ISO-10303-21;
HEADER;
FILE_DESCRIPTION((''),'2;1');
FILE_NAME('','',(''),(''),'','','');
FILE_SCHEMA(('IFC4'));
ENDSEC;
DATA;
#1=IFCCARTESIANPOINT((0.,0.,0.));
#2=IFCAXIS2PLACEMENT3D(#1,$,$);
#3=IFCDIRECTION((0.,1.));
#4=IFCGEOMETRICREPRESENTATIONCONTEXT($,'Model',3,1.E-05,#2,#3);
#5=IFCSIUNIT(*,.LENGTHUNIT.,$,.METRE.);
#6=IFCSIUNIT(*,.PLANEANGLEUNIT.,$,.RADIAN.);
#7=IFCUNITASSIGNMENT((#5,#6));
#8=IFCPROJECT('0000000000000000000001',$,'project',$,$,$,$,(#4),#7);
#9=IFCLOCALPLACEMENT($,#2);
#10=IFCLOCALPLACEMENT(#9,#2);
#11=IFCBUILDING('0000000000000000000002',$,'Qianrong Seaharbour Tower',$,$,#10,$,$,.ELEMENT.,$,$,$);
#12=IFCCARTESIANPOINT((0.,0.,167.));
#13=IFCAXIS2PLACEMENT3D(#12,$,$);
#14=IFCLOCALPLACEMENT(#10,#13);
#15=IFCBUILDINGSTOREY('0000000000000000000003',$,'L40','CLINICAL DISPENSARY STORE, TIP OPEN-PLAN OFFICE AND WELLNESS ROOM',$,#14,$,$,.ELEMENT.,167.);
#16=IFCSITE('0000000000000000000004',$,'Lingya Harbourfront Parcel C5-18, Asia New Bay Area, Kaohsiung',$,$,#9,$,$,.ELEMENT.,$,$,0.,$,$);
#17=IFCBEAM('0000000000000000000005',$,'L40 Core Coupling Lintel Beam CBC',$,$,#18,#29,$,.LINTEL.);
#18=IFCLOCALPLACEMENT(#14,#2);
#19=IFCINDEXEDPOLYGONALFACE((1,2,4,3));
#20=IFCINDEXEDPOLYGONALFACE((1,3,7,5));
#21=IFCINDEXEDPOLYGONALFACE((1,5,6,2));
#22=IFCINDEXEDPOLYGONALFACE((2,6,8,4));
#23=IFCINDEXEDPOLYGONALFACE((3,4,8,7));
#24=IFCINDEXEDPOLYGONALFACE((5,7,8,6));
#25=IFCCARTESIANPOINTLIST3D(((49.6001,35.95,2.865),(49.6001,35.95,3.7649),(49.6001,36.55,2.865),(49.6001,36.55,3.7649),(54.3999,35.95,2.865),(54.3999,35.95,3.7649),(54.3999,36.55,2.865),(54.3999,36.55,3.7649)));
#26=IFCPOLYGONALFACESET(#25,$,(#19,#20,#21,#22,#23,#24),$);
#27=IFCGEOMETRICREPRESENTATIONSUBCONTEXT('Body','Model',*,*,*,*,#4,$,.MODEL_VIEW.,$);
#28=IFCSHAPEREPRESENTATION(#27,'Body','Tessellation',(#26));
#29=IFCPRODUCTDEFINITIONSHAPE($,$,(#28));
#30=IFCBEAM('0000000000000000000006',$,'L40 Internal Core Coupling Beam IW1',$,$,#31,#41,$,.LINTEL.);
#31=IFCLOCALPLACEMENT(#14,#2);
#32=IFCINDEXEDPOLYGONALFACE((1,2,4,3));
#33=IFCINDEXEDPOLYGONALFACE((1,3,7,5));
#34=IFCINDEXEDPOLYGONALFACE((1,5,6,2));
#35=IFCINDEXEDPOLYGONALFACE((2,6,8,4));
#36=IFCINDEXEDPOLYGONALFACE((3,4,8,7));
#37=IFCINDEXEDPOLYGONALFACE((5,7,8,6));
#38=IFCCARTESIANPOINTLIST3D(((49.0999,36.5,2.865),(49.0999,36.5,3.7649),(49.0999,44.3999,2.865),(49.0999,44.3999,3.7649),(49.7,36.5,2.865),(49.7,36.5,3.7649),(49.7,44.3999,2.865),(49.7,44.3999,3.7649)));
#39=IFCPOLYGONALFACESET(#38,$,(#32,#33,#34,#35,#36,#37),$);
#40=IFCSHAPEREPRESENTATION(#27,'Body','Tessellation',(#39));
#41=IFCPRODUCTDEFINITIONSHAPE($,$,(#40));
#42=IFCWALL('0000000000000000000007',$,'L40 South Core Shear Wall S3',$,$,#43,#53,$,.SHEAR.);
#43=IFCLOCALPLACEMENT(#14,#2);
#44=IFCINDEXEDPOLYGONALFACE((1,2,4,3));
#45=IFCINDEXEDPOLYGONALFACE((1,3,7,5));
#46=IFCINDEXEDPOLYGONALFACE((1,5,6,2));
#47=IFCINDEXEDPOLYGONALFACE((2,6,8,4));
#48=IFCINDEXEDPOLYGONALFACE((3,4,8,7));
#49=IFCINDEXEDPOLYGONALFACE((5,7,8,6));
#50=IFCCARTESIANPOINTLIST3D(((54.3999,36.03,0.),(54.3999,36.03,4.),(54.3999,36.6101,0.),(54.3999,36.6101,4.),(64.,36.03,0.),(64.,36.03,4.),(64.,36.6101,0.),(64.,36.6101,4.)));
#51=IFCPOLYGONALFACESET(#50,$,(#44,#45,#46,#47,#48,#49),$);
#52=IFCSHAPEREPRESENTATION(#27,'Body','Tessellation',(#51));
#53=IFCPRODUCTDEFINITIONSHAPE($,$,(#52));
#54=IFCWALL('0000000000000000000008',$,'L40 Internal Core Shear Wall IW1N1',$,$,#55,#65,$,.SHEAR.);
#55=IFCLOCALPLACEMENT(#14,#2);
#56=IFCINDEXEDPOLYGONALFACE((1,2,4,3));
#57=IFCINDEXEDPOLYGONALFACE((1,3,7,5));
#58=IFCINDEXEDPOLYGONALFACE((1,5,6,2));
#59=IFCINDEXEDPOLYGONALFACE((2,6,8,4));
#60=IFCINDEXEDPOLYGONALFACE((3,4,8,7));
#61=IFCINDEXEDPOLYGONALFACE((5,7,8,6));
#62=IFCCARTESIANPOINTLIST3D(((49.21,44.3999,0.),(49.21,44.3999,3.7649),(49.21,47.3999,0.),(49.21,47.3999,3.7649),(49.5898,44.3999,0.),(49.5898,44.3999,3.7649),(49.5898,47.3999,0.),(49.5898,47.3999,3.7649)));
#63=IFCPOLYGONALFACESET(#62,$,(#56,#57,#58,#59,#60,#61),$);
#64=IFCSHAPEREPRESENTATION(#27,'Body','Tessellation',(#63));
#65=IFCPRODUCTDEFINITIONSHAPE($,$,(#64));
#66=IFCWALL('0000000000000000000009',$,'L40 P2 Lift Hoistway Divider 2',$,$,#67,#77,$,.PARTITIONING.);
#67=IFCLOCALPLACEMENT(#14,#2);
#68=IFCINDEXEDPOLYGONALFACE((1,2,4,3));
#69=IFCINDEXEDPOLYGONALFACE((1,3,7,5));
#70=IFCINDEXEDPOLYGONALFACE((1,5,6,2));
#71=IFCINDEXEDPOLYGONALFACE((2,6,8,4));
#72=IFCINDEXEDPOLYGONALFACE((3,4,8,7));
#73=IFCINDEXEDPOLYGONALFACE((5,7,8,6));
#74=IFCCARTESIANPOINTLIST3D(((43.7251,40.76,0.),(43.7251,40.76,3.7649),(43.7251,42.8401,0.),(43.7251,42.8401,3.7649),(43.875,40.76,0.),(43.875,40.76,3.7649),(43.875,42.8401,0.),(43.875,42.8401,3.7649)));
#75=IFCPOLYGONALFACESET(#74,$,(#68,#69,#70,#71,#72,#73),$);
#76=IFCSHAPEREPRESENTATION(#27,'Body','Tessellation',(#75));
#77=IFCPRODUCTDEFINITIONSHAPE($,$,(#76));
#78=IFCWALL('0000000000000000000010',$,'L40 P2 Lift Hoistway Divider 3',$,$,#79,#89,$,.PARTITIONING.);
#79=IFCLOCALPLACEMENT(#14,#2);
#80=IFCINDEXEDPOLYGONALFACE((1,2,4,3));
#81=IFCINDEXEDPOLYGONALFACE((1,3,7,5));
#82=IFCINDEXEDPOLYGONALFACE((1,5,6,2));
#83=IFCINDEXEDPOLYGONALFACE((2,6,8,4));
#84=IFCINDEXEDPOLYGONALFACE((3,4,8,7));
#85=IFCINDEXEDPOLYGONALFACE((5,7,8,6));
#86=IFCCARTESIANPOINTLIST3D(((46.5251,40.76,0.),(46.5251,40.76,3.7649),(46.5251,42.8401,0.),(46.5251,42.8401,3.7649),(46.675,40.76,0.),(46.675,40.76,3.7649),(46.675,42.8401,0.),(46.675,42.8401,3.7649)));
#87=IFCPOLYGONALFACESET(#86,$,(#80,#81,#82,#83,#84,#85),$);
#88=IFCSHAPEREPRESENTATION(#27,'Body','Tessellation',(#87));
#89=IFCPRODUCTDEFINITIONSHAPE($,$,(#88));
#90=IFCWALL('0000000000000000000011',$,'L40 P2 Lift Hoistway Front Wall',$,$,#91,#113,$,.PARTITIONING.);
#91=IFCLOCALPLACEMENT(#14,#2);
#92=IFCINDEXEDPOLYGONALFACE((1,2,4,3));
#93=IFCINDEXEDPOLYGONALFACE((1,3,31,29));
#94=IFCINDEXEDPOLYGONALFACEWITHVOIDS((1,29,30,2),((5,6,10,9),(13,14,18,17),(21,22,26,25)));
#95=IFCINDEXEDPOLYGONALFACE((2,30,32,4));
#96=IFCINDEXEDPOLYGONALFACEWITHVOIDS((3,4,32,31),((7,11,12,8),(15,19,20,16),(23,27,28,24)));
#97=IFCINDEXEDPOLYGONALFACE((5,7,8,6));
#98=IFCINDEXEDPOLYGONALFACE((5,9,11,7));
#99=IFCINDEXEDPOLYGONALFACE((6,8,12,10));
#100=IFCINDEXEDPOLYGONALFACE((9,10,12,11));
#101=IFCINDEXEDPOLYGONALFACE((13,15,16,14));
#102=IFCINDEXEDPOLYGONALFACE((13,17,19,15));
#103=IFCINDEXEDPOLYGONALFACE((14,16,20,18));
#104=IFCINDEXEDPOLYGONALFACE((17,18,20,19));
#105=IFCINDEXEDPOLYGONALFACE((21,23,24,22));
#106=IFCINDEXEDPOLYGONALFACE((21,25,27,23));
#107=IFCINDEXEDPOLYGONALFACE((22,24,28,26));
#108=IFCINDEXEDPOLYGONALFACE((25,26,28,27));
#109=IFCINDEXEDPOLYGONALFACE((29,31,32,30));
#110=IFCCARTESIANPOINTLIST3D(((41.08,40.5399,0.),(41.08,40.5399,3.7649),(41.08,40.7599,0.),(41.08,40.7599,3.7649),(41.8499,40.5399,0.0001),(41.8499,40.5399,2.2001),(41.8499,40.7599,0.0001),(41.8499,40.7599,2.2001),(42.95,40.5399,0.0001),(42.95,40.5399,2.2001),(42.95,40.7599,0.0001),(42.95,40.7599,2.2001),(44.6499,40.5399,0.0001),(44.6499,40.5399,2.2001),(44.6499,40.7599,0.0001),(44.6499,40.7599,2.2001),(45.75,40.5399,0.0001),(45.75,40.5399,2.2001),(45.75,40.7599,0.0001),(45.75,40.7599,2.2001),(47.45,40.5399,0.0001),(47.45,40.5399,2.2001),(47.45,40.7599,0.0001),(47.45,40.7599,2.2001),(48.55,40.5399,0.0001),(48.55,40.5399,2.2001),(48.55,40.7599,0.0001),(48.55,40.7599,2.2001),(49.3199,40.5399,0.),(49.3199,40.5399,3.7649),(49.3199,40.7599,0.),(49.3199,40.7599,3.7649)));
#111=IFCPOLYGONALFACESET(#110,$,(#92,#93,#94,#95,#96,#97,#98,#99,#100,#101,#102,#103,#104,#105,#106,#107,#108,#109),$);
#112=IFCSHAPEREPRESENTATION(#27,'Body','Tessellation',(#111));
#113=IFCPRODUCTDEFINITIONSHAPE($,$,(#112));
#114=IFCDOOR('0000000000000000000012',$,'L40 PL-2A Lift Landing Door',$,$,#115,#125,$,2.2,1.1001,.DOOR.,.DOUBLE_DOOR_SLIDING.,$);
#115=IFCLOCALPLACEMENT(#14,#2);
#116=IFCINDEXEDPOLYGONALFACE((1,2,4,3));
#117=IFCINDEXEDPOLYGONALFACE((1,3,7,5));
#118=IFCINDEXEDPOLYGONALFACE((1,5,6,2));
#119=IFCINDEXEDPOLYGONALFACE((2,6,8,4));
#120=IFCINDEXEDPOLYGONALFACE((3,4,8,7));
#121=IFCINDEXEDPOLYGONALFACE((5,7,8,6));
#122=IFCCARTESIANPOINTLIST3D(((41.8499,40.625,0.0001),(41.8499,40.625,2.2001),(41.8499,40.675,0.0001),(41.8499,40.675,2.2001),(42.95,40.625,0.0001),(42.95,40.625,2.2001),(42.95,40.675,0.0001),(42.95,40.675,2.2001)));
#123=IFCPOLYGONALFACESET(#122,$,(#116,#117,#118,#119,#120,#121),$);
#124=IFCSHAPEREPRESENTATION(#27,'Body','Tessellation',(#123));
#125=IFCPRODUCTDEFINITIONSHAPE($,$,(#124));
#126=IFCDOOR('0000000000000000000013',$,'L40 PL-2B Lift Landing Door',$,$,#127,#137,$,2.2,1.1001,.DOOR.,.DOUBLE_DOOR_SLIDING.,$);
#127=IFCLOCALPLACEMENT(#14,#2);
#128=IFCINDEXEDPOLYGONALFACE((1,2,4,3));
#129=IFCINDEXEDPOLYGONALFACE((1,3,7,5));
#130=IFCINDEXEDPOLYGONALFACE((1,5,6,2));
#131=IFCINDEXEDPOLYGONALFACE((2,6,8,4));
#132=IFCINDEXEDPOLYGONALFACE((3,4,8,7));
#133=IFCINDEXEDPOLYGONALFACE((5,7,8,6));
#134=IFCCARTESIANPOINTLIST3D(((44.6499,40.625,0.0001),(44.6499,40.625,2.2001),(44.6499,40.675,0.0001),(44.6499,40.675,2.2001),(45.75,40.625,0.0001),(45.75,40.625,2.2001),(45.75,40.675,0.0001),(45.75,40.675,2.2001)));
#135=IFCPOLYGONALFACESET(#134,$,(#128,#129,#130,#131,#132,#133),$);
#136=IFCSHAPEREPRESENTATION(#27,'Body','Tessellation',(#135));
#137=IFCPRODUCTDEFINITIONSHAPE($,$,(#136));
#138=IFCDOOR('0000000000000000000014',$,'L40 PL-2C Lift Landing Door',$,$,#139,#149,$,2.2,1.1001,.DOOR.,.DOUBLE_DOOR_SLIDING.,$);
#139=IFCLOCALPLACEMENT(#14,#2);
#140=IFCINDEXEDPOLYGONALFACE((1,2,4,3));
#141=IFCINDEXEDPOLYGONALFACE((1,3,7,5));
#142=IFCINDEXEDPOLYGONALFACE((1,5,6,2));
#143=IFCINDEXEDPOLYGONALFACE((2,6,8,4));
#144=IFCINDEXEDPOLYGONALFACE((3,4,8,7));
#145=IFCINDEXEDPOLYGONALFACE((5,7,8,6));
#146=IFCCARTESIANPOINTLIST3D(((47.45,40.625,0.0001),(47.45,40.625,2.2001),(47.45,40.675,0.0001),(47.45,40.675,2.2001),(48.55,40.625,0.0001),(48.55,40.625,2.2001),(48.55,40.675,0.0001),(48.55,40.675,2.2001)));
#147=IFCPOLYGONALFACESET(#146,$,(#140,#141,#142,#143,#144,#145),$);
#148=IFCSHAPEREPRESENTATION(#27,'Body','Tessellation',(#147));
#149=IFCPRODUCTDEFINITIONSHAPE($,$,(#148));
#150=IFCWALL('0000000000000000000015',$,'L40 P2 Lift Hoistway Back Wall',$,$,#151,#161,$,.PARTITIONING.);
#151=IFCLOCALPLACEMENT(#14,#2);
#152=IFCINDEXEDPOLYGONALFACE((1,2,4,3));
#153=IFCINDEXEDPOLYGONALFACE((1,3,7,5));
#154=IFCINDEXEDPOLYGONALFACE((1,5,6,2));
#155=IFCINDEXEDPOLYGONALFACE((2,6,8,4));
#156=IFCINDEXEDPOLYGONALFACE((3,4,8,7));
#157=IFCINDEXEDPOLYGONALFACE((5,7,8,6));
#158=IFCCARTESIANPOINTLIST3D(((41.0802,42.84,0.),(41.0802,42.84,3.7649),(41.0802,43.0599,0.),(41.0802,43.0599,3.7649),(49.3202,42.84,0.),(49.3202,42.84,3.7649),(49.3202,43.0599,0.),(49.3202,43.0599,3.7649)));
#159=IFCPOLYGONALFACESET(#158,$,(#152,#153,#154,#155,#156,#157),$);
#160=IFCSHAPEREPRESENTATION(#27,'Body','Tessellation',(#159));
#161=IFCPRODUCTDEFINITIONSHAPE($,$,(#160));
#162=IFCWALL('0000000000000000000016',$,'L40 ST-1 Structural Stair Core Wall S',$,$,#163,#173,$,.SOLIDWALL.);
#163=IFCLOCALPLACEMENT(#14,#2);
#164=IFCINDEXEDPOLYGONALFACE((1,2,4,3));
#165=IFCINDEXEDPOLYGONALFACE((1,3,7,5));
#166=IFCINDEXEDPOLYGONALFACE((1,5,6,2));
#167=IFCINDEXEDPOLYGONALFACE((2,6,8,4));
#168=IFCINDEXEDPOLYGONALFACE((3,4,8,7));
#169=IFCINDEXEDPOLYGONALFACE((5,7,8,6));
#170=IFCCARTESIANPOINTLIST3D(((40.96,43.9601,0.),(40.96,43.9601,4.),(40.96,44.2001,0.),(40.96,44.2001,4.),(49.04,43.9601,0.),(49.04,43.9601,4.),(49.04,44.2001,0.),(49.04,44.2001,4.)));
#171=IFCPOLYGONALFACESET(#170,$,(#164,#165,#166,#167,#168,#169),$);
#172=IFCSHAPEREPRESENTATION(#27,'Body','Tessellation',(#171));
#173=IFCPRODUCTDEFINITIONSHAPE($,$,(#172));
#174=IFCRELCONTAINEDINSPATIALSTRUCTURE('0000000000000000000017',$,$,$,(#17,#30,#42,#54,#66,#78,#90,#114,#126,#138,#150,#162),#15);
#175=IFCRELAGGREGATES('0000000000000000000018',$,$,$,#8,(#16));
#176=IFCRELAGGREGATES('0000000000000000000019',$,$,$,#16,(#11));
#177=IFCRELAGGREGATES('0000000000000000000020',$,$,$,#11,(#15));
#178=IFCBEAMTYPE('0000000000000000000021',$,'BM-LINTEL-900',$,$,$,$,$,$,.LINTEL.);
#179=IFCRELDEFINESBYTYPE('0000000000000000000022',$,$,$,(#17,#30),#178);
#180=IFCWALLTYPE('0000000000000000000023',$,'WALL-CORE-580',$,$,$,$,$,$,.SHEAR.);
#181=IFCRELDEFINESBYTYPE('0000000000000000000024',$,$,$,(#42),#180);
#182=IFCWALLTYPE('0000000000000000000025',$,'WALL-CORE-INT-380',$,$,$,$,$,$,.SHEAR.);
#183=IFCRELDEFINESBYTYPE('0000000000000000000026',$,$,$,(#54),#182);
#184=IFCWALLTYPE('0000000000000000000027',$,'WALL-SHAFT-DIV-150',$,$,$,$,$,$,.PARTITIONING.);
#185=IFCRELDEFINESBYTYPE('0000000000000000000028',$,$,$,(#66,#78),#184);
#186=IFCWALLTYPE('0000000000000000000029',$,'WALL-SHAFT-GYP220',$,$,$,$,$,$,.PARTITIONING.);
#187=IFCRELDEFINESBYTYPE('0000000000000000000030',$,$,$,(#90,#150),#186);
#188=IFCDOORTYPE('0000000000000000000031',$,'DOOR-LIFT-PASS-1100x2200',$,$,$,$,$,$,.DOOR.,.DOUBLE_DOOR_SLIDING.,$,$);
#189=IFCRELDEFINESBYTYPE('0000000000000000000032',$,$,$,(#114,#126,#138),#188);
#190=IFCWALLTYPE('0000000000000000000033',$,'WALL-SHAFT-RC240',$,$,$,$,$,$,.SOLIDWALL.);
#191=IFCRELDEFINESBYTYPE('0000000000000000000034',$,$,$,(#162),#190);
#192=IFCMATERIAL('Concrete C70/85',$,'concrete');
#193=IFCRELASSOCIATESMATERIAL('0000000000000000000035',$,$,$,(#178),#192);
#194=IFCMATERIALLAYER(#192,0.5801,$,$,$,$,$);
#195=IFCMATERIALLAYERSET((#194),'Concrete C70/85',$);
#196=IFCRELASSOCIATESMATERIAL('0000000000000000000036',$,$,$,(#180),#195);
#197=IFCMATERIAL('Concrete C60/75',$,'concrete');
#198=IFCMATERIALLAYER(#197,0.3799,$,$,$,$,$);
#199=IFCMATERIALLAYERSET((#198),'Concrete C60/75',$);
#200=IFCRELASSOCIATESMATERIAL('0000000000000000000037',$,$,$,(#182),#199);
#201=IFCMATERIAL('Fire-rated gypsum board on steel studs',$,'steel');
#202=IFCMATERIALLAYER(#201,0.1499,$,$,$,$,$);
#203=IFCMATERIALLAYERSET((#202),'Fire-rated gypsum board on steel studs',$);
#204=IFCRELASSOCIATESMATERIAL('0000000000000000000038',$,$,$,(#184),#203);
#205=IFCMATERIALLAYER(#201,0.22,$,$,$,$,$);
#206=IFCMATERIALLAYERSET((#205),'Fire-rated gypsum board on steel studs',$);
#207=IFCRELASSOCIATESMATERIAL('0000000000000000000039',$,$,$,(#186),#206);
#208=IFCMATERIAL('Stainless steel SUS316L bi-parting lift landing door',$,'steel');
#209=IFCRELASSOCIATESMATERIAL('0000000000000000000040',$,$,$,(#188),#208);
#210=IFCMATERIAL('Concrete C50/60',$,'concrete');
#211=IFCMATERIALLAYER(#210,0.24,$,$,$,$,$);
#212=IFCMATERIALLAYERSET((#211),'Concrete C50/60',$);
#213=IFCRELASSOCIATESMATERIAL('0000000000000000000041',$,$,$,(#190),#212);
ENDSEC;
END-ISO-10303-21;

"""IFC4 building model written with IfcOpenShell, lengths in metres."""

from ifc_helpers import new_model, si_unit, direction, frame, frame_2d, origin, origin_2d, place, context, subcontext, project, spatial, rectangle, extrude, material, layer, layer_set, material_profile, profile_set, type_object, element, fill, save


model = new_model("IFC4")

# Units and contexts
model_context = context("Model", 3, precision=1e-05, world=origin(), true_north=direction((0.0, 1.0)))
body_context = subcontext(model_context, "Body", "Model", "MODEL_VIEW")
ifc_project = project(units=[si_unit("LENGTHUNIT", "METRE"), si_unit("PLANEANGLEUNIT", "RADIAN")], contexts=[model_context])

# Site, building, storey
site_placement = place(None, origin())
site = spatial("IfcSite", under=ifc_project, at=site_placement, Name="Lingya Harbourfront Parcel C5-18, Asia New Bay Area, Kaohsiung", CompositionType="ELEMENT", RefElevation=0.0)
building_placement = place(site_placement, origin())
building = spatial("IfcBuilding", under=site, at=building_placement, Name="Qianrong Seaharbour Tower", CompositionType="ELEMENT")
storey_placement = place(building_placement, frame((0.0, 0.0, 167.0)))
storey = spatial("IfcBuildingStorey", under=building, at=storey_placement, Name="L40", Description="CLINICAL DISPENSARY STORE, TIP OPEN-PLAN OFFICE AND WELLNESS ROOM", CompositionType="ELEMENT", Elevation=167.0)

# Beams
ifc_material_1 = material(Name="Concrete C70/85", Category="concrete")
ifc_material_profile = material_profile(ifc_material_1, rectangle(XDim=0.6001, YDim=0.8999, at=origin_2d()), Name="RC600x900")
ifc_profile_set = profile_set([ifc_material_profile], Name="Concrete C70/85")
beam_type = type_object("IfcBeamType", Name="BM-LINTEL-900", PredefinedType="LINTEL", material=ifc_profile_set)
beam_1_placement = place(storey_placement, frame((49.6001, 36.25, 3.3149), z_axis=(1.0, 0.0, 0.0), x_axis=(0.0, 1.0, 0.0)))
element("IfcBeam", 1, at=beam_1_placement, inside=storey, type_object=beam_type, Name="L40 Core Coupling Lintel Beam CBC", PredefinedType="LINTEL", context=body_context, shape_type="SweptSolid", body=[
    extrude(rectangle(XDim=0.6001, YDim=0.8999, at=origin_2d()), origin(), (0.0, 0.0, 1.0), 4.7998),
])
beam_2_placement = place(storey_placement, frame((49.3999, 36.5, 3.3149), z_axis=(0.0, 1.0, 0.0), x_axis=(-1.0, 0.0, 0.0)))
element("IfcBeam", 2, at=beam_2_placement, inside=storey, type_object=beam_type, Name="L40 Internal Core Coupling Beam IW1", PredefinedType="LINTEL", context=body_context, shape_type="SweptSolid", body=[
    extrude(rectangle(XDim=0.6001, YDim=0.8999, at=origin_2d()), origin(), (0.0, 0.0, 1.0), 7.8999),
])

# Walls
ifc_layer_1 = layer(ifc_material_1, 0.5801)
ifc_layer_set_1 = layer_set([ifc_layer_1], Name="Concrete C70/85")
wall_type_1 = type_object("IfcWallType", Name="WALL-CORE-580", PredefinedType="SHEAR", material=ifc_layer_set_1)
wall_1_placement = place(storey_placement, frame((54.3999, 36.3201, 0.0), z_axis=(0.0, 0.0, 1.0), x_axis=(1.0, 0.0, 0.0)))
element("IfcWall", 3, at=wall_1_placement, inside=storey, type_object=wall_type_1, Name="L40 South Core Shear Wall S3", PredefinedType="SHEAR", context=body_context, shape_type="SweptSolid", body=[
    extrude(rectangle(XDim=9.6001, YDim=0.5801, at=frame_2d((4.8, 0.0))), origin(), (0.0, 0.0, 1.0), 4.0),
])
ifc_material_2 = material(Name="Concrete C60/75", Category="concrete")
ifc_layer_2 = layer(ifc_material_2, 0.3799)
ifc_layer_set_2 = layer_set([ifc_layer_2], Name="Concrete C60/75")
wall_type_2 = type_object("IfcWallType", Name="WALL-CORE-INT-380", PredefinedType="SHEAR", material=ifc_layer_set_2)
wall_2_placement = place(storey_placement, frame((49.3999, 44.3999, 0.0), z_axis=(0.0, 0.0, 1.0), x_axis=(0.0, 1.0, 0.0)))
element("IfcWall", 4, at=wall_2_placement, inside=storey, type_object=wall_type_2, Name="L40 Internal Core Shear Wall IW1N1", PredefinedType="SHEAR", context=body_context, shape_type="SweptSolid", body=[
    extrude(rectangle(XDim=3.0, YDim=0.3799, at=frame_2d((1.5, 0.0))), origin(), (0.0, 0.0, 1.0), 3.7649),
])
ifc_material_3 = material(Name="Fire-rated gypsum board on steel studs", Category="steel")
ifc_layer_3 = layer(ifc_material_3, 0.1499)
ifc_layer_set_3 = layer_set([ifc_layer_3], Name="Fire-rated gypsum board on steel studs")
wall_type_3 = type_object("IfcWallType", Name="WALL-SHAFT-DIV-150", PredefinedType="PARTITIONING", material=ifc_layer_set_3)
for number, where, z_axis, x_axis, name in (
    (5, (43.8, 40.76, 0.0), (0.0, 0.0, 1.0), (0.0, 1.0, 0.0), "L40 P2 Lift Hoistway Divider 2"),
    (6, (46.6001, 40.76, 0.0), (0.0, 0.0, 1.0), (0.0, 1.0, 0.0), "L40 P2 Lift Hoistway Divider 3"),
):
    element("IfcWall", number, at=place(storey_placement, frame(where, z_axis=z_axis, x_axis=x_axis)), inside=storey, type_object=wall_type_3, Name=name, PredefinedType="PARTITIONING", context=body_context, shape_type="SweptSolid", body=[
        extrude(rectangle(XDim=2.0801, YDim=0.1499, at=frame_2d((1.04, 0.0))), origin(), (0.0, 0.0, 1.0), 3.7649),
    ])

# Wall, openings, doors
ifc_layer_4 = layer(ifc_material_3, 0.22)
ifc_layer_set_4 = layer_set([ifc_layer_4], Name="Fire-rated gypsum board on steel studs")
wall_type_4 = type_object("IfcWallType", Name="WALL-SHAFT-GYP220", PredefinedType="PARTITIONING", material=ifc_layer_set_4)
wall_3_placement = place(storey_placement, frame((49.3201, 40.6499, 0.0), z_axis=(0.0, 0.0, 1.0), x_axis=(-1.0, 0.0, 0.0)))
wall_3 = element("IfcWall", 7, at=wall_3_placement, inside=storey, type_object=wall_type_4, Name="L40 P2 Lift Hoistway Front Wall", PredefinedType="PARTITIONING", context=body_context, shape_type="SweptSolid", body=[
    extrude(rectangle(XDim=8.24, YDim=0.22, at=frame_2d((4.1201, 0.0))), origin(), (0.0, 0.0, 1.0), 3.7649),
])
opening_1_placement = place(wall_3_placement, frame((6.3701, 0.0, 0.0)))
opening_1 = element("IfcOpeningElement", 8, at=opening_1_placement, cuts=wall_3, PredefinedType="OPENING", context=body_context, shape_type="SweptSolid", body=[
    extrude(rectangle(XDim=1.1001, YDim=2.2, at=frame_2d((0.55, 1.1001))), frame((0.0, 0.1201, 0.0), z_axis=(0.0, -1.0, 0.0), x_axis=(1.0, 0.0, 0.0)), (0.0, 0.0, 1.0), 0.24),
])
opening_2_placement = place(wall_3_placement, frame((3.5701, 0.0, 0.0)))
opening_2 = element("IfcOpeningElement", 9, at=opening_2_placement, cuts=wall_3, PredefinedType="OPENING", context=body_context, shape_type="SweptSolid", body=[
    extrude(rectangle(XDim=1.1001, YDim=2.2, at=frame_2d((0.55, 1.1001))), frame((0.0, 0.1201, 0.0), z_axis=(0.0, -1.0, 0.0), x_axis=(1.0, 0.0, 0.0)), (0.0, 0.0, 1.0), 0.24),
])
opening_3_placement = place(wall_3_placement, frame((0.77, 0.0, 0.0)))
opening_3 = element("IfcOpeningElement", 10, at=opening_3_placement, cuts=wall_3, PredefinedType="OPENING", context=body_context, shape_type="SweptSolid", body=[
    extrude(rectangle(XDim=1.1001, YDim=2.2, at=frame_2d((0.55, 1.1001))), frame((0.0, 0.1201, 0.0), z_axis=(0.0, -1.0, 0.0), x_axis=(1.0, 0.0, 0.0)), (0.0, 0.0, 1.0), 0.24),
])
ifc_material_4 = material(Name="Stainless steel SUS316L bi-parting lift landing door", Category="steel")
door_type = type_object("IfcDoorType", Name="DOOR-LIFT-PASS-1100x2200", OperationType="DOUBLE_DOOR_SLIDING", PredefinedType="DOOR", material=ifc_material_4)
door_1_placement = place(opening_1_placement, origin())
door_1 = element("IfcDoor", 11, at=door_1_placement, inside=storey, type_object=door_type, Name="L40 PL-2A Lift Landing Door", OperationType="DOUBLE_DOOR_SLIDING", OverallHeight=2.2, OverallWidth=1.1001, PredefinedType="DOOR", context=body_context, shape_type="SweptSolid", body=[
    extrude(rectangle(XDim=1.1001, YDim=2.2, at=frame_2d((0.55, 1.1001))), frame((0.0, 0.0249, 0.0), z_axis=(0.0, -1.0, 0.0), x_axis=(1.0, 0.0, 0.0)), (0.0, 0.0, 1.0), 0.05),
])
fill(opening_1, door_1)
door_2_placement = place(opening_2_placement, origin())
door_2 = element("IfcDoor", 12, at=door_2_placement, inside=storey, type_object=door_type, Name="L40 PL-2B Lift Landing Door", OperationType="DOUBLE_DOOR_SLIDING", OverallHeight=2.2, OverallWidth=1.1001, PredefinedType="DOOR", context=body_context, shape_type="SweptSolid", body=[
    extrude(rectangle(XDim=1.1001, YDim=2.2, at=frame_2d((0.55, 1.1001))), frame((0.0, 0.0249, 0.0), z_axis=(0.0, -1.0, 0.0), x_axis=(1.0, 0.0, 0.0)), (0.0, 0.0, 1.0), 0.05),
])
fill(opening_2, door_2)
door_3_placement = place(opening_3_placement, origin())
door_3 = element("IfcDoor", 13, at=door_3_placement, inside=storey, type_object=door_type, Name="L40 PL-2C Lift Landing Door", OperationType="DOUBLE_DOOR_SLIDING", OverallHeight=2.2, OverallWidth=1.1001, PredefinedType="DOOR", context=body_context, shape_type="SweptSolid", body=[
    extrude(rectangle(XDim=1.1001, YDim=2.2, at=frame_2d((0.55, 1.1001))), frame((0.0, 0.0249, 0.0), z_axis=(0.0, -1.0, 0.0), x_axis=(1.0, 0.0, 0.0)), (0.0, 0.0, 1.0), 0.05),
])
fill(opening_3, door_3)

# Walls
wall_4_placement = place(storey_placement, frame((41.0801, 42.95, 0.0), z_axis=(0.0, 0.0, 1.0), x_axis=(1.0, 0.0, 0.0)))
element("IfcWall", 14, at=wall_4_placement, inside=storey, type_object=wall_type_4, Name="L40 P2 Lift Hoistway Back Wall", PredefinedType="PARTITIONING", context=body_context, shape_type="SweptSolid", body=[
    extrude(rectangle(XDim=8.24, YDim=0.22, at=frame_2d((4.1201, 0.0))), origin(), (0.0, 0.0, 1.0), 3.7649),
])
ifc_material_5 = material(Name="Concrete C50/60", Category="concrete")
ifc_layer_5 = layer(ifc_material_5, 0.24)
ifc_layer_set_5 = layer_set([ifc_layer_5], Name="Concrete C50/60")
wall_type_5 = type_object("IfcWallType", Name="WALL-SHAFT-RC240", PredefinedType="SOLIDWALL", material=ifc_layer_set_5)
wall_5_placement = place(storey_placement, frame((49.04, 44.0801, 0.0), z_axis=(0.0, 0.0, 1.0), x_axis=(-1.0, 0.0, 0.0)))
element("IfcWall", 15, at=wall_5_placement, inside=storey, type_object=wall_type_5, Name="L40 ST-1 Structural Stair Core Wall S", PredefinedType="SOLIDWALL", context=body_context, shape_type="SweptSolid", body=[
    extrude(rectangle(XDim=8.0801, YDim=0.24, at=frame_2d((4.04, 0.0))), origin(), (0.0, 0.0, 1.0), 4.0),
])

save(model, "model.ifc")
